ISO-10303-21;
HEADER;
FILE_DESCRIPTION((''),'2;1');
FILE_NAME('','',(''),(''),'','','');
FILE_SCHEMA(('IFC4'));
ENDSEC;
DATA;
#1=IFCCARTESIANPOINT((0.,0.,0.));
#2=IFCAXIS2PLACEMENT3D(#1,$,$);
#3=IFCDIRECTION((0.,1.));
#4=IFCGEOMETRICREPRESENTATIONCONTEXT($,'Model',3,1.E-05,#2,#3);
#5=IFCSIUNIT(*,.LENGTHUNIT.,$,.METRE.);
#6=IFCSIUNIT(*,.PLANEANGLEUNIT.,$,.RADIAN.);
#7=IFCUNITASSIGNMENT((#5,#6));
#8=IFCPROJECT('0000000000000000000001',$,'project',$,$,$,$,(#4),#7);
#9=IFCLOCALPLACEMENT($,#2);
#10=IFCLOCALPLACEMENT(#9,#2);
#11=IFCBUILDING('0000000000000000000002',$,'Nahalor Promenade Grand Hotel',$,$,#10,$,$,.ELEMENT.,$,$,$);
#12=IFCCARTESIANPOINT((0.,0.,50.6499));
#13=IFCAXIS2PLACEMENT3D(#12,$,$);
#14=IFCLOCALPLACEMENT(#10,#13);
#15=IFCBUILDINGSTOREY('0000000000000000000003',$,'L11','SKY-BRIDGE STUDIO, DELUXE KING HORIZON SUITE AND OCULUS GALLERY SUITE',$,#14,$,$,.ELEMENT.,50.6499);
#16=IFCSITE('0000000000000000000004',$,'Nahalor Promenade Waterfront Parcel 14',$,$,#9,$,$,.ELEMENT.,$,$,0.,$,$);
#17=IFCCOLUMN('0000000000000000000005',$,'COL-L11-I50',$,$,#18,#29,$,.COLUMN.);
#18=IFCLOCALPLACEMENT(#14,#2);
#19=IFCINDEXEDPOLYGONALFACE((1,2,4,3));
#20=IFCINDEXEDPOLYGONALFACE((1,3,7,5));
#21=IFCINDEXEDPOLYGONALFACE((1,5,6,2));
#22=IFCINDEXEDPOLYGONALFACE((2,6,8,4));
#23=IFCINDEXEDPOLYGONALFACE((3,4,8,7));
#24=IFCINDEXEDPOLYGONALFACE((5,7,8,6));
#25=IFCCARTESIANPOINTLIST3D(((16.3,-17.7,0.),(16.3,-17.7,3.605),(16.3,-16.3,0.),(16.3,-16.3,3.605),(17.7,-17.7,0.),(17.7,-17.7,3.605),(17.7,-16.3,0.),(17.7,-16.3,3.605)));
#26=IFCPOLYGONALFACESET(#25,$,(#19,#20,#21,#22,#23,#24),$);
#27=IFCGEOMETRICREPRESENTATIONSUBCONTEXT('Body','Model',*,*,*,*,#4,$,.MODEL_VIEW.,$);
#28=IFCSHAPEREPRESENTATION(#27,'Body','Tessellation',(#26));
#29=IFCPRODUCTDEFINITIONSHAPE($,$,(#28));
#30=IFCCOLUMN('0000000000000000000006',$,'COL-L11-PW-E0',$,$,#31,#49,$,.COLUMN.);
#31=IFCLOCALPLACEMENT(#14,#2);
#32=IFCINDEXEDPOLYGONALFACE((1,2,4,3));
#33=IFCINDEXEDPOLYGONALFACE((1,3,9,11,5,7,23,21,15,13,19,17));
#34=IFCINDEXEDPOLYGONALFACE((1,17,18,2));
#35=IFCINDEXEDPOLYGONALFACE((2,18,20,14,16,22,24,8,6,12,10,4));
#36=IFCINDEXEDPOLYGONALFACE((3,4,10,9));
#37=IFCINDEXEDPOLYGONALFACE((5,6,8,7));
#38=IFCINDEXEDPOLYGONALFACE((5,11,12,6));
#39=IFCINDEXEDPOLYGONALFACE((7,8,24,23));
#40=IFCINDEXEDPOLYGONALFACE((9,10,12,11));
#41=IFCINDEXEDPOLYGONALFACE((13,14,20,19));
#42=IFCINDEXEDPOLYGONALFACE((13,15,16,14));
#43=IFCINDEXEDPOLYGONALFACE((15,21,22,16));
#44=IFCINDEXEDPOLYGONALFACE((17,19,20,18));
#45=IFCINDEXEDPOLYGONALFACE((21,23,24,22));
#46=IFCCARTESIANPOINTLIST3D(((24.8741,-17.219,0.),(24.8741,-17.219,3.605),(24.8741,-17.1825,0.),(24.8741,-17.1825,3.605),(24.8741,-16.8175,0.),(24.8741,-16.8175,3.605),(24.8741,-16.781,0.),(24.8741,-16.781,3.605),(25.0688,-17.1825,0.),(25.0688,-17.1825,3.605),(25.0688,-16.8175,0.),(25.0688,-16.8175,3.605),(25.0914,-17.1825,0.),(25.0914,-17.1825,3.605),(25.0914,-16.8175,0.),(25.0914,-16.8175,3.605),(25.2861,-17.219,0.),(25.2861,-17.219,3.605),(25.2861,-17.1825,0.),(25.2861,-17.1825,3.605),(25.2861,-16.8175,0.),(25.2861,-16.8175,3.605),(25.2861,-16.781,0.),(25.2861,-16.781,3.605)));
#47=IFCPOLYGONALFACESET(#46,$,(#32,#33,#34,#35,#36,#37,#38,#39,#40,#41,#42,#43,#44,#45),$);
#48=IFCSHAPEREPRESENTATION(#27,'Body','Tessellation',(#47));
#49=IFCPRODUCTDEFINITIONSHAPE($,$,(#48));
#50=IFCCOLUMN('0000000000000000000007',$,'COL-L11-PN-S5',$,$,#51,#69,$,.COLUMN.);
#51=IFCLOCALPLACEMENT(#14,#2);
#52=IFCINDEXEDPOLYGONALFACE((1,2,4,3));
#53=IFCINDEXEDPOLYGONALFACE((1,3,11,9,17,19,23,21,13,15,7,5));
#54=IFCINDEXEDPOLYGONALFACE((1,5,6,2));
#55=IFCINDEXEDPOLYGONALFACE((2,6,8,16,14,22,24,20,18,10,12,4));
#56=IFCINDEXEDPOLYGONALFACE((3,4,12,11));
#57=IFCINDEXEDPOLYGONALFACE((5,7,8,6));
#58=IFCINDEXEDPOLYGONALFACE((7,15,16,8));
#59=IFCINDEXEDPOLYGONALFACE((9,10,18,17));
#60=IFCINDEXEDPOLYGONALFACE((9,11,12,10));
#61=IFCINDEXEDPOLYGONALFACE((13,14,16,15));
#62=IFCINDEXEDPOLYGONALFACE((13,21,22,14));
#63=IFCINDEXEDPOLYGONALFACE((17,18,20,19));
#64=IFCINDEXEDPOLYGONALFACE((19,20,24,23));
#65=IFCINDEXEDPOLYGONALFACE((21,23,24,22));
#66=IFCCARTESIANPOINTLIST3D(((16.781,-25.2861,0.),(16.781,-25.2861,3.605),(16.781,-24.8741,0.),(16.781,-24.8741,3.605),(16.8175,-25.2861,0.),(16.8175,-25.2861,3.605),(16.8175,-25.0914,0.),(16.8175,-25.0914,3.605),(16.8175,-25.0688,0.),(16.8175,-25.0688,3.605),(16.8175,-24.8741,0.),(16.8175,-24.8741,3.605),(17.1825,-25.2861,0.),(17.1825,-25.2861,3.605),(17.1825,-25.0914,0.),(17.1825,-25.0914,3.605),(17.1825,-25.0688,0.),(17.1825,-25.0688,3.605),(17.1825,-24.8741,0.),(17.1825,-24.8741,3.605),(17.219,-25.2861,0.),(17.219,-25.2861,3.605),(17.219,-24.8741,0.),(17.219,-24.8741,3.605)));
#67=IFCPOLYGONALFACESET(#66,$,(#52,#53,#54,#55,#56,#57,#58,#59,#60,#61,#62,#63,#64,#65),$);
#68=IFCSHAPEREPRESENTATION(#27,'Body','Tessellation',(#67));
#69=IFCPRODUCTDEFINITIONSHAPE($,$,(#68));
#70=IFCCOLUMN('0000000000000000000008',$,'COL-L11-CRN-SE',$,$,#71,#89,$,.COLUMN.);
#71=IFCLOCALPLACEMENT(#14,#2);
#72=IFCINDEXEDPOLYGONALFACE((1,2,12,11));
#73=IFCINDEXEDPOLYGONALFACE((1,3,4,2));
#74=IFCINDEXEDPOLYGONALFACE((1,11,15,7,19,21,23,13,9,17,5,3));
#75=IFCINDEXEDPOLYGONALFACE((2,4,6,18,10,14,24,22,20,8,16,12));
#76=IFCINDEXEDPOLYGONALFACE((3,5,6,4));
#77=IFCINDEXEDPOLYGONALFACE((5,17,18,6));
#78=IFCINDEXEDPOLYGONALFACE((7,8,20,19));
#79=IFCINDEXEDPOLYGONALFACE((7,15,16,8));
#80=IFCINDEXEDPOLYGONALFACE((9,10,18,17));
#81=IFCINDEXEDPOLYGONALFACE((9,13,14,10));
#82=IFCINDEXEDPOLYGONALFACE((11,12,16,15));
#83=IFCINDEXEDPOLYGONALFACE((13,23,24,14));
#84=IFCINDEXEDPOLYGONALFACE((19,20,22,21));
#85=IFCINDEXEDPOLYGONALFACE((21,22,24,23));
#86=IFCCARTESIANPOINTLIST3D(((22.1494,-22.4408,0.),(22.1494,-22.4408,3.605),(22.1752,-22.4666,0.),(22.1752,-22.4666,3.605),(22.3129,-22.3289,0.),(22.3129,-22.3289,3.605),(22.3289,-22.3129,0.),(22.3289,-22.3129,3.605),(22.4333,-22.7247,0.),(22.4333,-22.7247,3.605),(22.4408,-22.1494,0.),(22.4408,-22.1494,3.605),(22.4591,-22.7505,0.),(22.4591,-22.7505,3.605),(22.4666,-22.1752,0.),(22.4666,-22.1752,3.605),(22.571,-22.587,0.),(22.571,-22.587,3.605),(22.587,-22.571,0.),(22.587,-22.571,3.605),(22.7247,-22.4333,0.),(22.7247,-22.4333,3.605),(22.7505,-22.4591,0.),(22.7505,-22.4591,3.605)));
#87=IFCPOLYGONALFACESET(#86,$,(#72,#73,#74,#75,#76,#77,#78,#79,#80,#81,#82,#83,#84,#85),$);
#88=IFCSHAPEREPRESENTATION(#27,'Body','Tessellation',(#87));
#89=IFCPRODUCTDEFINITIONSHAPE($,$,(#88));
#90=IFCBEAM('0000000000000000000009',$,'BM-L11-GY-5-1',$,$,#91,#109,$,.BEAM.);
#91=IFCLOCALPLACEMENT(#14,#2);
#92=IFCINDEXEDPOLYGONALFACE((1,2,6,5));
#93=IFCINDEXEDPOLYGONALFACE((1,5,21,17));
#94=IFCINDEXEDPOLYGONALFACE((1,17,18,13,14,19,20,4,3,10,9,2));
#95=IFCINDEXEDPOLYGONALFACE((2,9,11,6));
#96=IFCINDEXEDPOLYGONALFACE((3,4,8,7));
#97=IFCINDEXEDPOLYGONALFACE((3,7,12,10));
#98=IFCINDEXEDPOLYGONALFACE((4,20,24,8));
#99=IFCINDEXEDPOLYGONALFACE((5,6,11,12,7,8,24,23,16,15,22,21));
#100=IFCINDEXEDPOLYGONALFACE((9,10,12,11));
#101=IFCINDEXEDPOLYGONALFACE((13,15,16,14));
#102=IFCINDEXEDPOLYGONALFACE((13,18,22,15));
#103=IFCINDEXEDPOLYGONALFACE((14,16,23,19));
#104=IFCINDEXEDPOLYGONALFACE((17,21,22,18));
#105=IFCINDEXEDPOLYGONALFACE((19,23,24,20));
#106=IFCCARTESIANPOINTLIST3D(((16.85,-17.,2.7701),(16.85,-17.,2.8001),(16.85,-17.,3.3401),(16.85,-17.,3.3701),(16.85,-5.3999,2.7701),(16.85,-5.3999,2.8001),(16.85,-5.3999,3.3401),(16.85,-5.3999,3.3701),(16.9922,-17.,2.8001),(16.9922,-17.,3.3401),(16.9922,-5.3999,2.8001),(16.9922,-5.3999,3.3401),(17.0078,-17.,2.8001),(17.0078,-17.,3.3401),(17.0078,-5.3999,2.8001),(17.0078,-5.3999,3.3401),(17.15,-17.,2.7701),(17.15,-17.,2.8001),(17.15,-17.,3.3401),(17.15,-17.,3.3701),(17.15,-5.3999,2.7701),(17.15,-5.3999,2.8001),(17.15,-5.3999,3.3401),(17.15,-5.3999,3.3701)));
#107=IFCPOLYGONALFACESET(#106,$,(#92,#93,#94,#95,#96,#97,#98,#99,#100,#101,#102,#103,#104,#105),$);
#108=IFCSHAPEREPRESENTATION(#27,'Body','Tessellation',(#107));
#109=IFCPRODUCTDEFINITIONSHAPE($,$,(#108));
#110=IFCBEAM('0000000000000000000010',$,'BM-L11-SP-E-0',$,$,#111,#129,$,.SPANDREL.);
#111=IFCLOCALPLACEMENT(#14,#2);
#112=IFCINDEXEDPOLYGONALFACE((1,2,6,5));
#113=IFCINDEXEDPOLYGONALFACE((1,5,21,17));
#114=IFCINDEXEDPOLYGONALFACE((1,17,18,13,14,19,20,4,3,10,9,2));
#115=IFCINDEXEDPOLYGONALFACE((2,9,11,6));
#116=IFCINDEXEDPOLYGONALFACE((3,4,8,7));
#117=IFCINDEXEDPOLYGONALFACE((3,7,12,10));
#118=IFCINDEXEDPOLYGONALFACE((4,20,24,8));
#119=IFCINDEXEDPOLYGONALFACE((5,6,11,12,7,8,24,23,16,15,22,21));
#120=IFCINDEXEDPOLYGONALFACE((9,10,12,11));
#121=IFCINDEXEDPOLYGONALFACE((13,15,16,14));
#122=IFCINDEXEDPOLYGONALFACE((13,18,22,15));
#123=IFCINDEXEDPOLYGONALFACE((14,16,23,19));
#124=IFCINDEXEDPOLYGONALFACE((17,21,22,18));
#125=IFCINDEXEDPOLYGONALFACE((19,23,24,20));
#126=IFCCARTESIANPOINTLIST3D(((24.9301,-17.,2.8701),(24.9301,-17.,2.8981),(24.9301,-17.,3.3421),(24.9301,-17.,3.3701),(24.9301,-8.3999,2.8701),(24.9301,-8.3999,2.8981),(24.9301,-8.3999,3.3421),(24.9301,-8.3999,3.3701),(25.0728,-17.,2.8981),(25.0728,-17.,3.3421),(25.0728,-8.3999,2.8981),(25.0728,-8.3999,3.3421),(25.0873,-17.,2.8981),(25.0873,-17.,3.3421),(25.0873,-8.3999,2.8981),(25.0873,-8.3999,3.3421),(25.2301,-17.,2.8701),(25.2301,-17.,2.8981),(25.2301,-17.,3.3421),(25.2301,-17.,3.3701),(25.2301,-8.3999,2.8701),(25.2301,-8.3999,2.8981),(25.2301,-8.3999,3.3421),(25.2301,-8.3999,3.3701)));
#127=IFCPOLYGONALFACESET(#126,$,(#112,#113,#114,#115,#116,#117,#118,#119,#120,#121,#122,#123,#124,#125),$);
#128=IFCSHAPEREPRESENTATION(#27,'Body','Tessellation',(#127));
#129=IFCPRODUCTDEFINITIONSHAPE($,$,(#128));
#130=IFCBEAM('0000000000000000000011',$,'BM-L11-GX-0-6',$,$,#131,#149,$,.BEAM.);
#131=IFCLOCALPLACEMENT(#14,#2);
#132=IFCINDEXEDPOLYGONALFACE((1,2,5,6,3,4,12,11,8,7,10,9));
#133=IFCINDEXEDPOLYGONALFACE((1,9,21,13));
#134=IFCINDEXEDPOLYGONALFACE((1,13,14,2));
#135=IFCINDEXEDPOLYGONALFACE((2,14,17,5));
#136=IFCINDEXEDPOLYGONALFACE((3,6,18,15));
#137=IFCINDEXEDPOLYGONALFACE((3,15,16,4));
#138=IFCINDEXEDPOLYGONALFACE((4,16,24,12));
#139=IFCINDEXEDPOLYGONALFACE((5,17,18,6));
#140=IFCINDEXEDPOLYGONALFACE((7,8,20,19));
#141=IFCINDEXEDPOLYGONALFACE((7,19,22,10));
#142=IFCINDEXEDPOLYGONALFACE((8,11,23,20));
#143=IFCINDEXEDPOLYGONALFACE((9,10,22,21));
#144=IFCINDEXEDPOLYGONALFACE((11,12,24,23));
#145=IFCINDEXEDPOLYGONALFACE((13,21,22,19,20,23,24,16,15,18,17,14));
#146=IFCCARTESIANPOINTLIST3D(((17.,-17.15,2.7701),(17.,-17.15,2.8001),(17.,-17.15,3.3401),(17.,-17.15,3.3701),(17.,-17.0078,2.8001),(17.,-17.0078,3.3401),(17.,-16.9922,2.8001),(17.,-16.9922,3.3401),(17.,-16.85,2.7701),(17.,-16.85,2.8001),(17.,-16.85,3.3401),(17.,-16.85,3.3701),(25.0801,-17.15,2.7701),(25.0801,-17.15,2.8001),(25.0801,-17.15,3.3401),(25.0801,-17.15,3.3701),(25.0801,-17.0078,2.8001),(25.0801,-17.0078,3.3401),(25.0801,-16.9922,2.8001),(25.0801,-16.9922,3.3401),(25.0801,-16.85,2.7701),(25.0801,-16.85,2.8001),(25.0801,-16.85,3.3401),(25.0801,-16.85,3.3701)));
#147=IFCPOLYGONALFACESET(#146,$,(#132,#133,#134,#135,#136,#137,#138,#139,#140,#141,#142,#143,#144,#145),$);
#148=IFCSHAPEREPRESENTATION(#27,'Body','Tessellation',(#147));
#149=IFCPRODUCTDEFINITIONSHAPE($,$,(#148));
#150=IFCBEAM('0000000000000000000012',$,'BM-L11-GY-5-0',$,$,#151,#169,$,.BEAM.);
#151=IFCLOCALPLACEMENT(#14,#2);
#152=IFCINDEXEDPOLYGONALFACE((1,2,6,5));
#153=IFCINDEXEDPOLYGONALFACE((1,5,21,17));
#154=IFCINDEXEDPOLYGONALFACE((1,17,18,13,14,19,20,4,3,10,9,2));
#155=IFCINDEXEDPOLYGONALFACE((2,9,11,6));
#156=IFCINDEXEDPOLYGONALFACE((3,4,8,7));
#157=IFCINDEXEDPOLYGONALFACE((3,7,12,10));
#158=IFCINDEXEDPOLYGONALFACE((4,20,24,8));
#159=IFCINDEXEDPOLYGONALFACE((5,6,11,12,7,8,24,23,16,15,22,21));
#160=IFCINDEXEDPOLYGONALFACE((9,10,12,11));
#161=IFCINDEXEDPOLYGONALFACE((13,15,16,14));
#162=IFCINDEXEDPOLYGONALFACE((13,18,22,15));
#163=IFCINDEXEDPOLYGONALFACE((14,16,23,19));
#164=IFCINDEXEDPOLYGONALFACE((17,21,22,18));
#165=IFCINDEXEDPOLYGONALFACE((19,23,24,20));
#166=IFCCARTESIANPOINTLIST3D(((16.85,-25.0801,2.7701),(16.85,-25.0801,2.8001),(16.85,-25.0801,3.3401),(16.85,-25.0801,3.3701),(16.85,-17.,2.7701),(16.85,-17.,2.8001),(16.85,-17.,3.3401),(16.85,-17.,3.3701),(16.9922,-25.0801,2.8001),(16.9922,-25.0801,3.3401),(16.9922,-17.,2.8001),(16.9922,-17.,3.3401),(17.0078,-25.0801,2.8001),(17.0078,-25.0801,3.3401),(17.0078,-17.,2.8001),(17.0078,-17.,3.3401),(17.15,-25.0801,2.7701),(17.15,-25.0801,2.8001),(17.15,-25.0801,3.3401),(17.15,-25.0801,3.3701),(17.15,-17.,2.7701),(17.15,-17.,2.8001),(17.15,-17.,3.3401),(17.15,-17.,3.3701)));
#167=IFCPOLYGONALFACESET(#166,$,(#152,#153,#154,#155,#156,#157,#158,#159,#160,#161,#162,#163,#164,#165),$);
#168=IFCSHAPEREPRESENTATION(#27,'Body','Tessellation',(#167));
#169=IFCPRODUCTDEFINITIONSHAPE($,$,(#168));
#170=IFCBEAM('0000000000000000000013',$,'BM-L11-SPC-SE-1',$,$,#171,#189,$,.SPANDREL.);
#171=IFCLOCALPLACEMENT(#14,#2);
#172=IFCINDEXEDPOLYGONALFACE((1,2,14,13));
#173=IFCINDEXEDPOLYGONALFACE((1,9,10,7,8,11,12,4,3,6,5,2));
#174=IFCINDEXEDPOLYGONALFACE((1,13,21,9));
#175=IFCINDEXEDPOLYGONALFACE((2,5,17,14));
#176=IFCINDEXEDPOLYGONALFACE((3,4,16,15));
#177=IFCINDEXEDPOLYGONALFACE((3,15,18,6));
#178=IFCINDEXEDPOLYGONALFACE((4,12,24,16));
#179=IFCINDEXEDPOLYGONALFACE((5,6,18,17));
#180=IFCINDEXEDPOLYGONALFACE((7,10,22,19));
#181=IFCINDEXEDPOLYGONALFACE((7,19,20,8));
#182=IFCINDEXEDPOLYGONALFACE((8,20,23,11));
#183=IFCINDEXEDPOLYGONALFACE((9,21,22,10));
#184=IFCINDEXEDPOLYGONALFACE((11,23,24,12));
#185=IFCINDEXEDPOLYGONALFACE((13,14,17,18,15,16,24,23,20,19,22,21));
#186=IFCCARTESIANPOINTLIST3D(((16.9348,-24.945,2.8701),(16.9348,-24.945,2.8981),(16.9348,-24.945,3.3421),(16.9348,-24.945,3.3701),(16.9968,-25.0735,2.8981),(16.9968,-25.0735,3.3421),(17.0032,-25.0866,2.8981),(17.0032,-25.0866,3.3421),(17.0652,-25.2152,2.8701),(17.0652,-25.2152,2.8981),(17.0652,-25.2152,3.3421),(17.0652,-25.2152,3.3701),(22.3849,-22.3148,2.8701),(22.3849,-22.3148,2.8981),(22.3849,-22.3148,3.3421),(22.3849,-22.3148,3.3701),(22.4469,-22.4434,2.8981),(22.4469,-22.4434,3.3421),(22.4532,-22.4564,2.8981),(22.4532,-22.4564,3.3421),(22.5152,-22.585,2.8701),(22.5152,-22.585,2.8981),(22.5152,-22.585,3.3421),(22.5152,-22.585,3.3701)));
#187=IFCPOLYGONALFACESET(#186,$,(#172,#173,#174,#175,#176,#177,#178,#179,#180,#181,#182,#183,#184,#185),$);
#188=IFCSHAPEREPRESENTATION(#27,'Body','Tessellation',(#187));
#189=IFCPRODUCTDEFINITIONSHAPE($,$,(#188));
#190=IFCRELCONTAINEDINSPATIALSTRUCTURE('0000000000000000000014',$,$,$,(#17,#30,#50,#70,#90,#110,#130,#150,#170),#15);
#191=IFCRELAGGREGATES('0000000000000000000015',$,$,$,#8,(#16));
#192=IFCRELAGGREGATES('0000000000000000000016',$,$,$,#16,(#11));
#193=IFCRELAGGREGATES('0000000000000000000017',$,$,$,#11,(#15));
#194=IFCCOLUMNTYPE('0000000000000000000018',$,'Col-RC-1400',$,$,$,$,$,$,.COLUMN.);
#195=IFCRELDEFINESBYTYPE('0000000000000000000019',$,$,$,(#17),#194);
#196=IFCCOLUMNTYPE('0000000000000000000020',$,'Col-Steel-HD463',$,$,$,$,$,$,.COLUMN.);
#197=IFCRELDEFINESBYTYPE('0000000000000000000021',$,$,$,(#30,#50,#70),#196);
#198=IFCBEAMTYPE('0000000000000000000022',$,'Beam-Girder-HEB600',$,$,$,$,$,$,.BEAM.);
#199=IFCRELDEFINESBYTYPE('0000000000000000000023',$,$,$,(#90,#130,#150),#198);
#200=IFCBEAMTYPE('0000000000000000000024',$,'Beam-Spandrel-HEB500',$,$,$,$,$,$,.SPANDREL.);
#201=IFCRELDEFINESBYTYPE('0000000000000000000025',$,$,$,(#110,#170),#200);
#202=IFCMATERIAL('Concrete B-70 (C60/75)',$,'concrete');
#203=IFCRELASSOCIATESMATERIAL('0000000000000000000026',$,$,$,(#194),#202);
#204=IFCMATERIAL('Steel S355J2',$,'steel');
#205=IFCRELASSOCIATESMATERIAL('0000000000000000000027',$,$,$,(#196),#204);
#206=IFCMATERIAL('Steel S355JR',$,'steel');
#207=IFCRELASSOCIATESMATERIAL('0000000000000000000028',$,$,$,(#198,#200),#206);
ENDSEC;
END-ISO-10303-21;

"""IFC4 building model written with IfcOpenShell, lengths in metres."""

from ifc_helpers import new_model, si_unit, direction, frame, origin, origin_2d, place, context, subcontext, project, spatial, rectangle, i_section, extrude, source, transform, mapped, material, material_profile, profile_set, type_object, element, save


model = new_model("IFC4")

# Units and contexts
model_context = context("Model", 3, precision=1e-05, world=origin(), true_north=direction((0.0, 1.0)))
body_context = subcontext(model_context, "Body", "Model", "MODEL_VIEW")
ifc_project = project(units=[si_unit("LENGTHUNIT", "METRE"), si_unit("PLANEANGLEUNIT", "RADIAN")], contexts=[model_context])

# Site, building, storey
site_placement = place(None, origin())
site = spatial("IfcSite", under=ifc_project, at=site_placement, Name="Nahalor Promenade Waterfront Parcel 14", CompositionType="ELEMENT", RefElevation=0.0)
building_placement = place(site_placement, origin())
building = spatial("IfcBuilding", under=site, at=building_placement, Name="Nahalor Promenade Grand Hotel", CompositionType="ELEMENT")
storey_placement = place(building_placement, frame((0.0, 0.0, 50.6499)))
storey = spatial("IfcBuildingStorey", under=building, at=storey_placement, Name="L11", Description="SKY-BRIDGE STUDIO, DELUXE KING HORIZON SUITE AND OCULUS GALLERY SUITE", CompositionType="ELEMENT", Elevation=50.6499)

# Columns
ifc_material_1 = material(Name="Concrete B-70 (C60/75)", Category="concrete")
ifc_material_profile_1 = material_profile(ifc_material_1, rectangle(XDim=1.4, YDim=1.4, at=origin_2d()), Name="RC 1400x1400")
ifc_profile_set_1 = profile_set([ifc_material_profile_1], Name="Concrete B-70 (C60/75)")
column_type_1 = type_object("IfcColumnType", Name="Col-RC-1400", PredefinedType="COLUMN", material=ifc_profile_set_1)
shared_shape_1 = source(origin(), body_context, "Body", "SweptSolid", [
    extrude(rectangle(XDim=1.4, YDim=1.4, at=origin_2d()), origin(), (0.0, 0.0, 1.0), 3.605),
])
column_placement = place(storey_placement, frame((17.0, -17.0, 0.0), z_axis=(0.0, 0.0, 1.0), x_axis=(1.0, 0.0, 0.0)))
element("IfcColumn", 1, at=column_placement, inside=storey, type_object=column_type_1, Name="COL-L11-I50", PredefinedType="COLUMN", context=body_context, shape_type="MappedRepresentation", body=[
    mapped(shared_shape_1, transform((0.0, 0.0, 0.0), scale=1.0)),
])
ifc_material_2 = material(Name="Steel S355J2", Category="steel")
ifc_material_profile_2 = material_profile(ifc_material_2, i_section(OverallWidth=0.412, OverallDepth=0.438, WebThickness=0.0226, FlangeThickness=0.0365, at=origin_2d()), Name="HD 400x463")
ifc_profile_set_2 = profile_set([ifc_material_profile_2], Name="Steel S355J2")
column_type_2 = type_object("IfcColumnType", Name="Col-Steel-HD463", PredefinedType="COLUMN", material=ifc_profile_set_2)
shared_shape_2 = source(origin(), body_context, "Body", "SweptSolid", [
    extrude(i_section(OverallWidth=0.412, OverallDepth=0.438, WebThickness=0.0226, FlangeThickness=0.0365, at=origin_2d()), origin(), (0.0, 0.0, 1.0), 3.605),
])
for number, where, z_axis, x_axis, name in (
    (2, (25.0801, -17.0, 0.0), (0.0, 0.0, 1.0), (1.0, 0.0, 0.0), "COL-L11-PW-E0"),
    (3, (17.0, -25.0801, 0.0), (0.0, 0.0, 1.0), (0.0, 1.0, 0.0), "COL-L11-PN-S5"),
    (4, (22.45, -22.45, 0.0), (0.0, 0.0, 1.0), (0.707107, 0.707107, 0.0), "COL-L11-CRN-SE"),
):
    element("IfcColumn", number, at=place(storey_placement, frame(where, z_axis=z_axis, x_axis=x_axis)), inside=storey, type_object=column_type_2, Name=name, PredefinedType="COLUMN", context=body_context, shape_type="MappedRepresentation", body=[
        mapped(shared_shape_2, transform((0.0, 0.0, 0.0), scale=1.0)),
    ])

# Beams
ifc_material_3 = material(Name="Steel S355JR", Category="steel")
ifc_material_profile_3 = material_profile(ifc_material_3, i_section(OverallWidth=0.3, OverallDepth=0.6, WebThickness=0.0155, FlangeThickness=0.03, at=origin_2d()), Name="HEB 600")
ifc_profile_set_3 = profile_set([ifc_material_profile_3], Name="Steel S355JR")
beam_type_1 = type_object("IfcBeamType", Name="Beam-Girder-HEB600", PredefinedType="BEAM", material=ifc_profile_set_3)
shared_shape_3 = source(origin(), body_context, "Body", "SweptSolid", [
    extrude(i_section(OverallWidth=0.3, OverallDepth=0.6, WebThickness=0.0155, FlangeThickness=0.03, at=origin_2d()), origin(), (0.0, 0.0, 1.0), 11.6001),
])
beam_1_placement = place(storey_placement, frame((17.0, -17.0, 3.0701), z_axis=(0.0, 1.0, 0.0), x_axis=(-1.0, 0.0, 0.0)))
element("IfcBeam", 5, at=beam_1_placement, inside=storey, type_object=beam_type_1, Name="BM-L11-GY-5-1", PredefinedType="BEAM", context=body_context, shape_type="MappedRepresentation", body=[
    mapped(shared_shape_3, transform((0.0, 0.0, 0.0), scale=1.0)),
])
ifc_material_profile_4 = material_profile(ifc_material_3, i_section(OverallWidth=0.3, OverallDepth=0.5, WebThickness=0.0145, FlangeThickness=0.028, at=origin_2d()), Name="HEB 500")
ifc_profile_set_4 = profile_set([ifc_material_profile_4], Name="Steel S355JR")
beam_type_2 = type_object("IfcBeamType", Name="Beam-Spandrel-HEB500", PredefinedType="SPANDREL", material=ifc_profile_set_4)
shared_shape_4 = source(origin(), body_context, "Body", "SweptSolid", [
    extrude(i_section(OverallWidth=0.3, OverallDepth=0.5, WebThickness=0.0145, FlangeThickness=0.028, at=origin_2d()), origin(), (0.0, 0.0, 1.0), 8.6001),
])
beam_2_placement = place(storey_placement, frame((25.0801, -17.0, 3.1201), z_axis=(0.0, 1.0, 0.0), x_axis=(-1.0, 0.0, 0.0)))
element("IfcBeam", 6, at=beam_2_placement, inside=storey, type_object=beam_type_2, Name="BM-L11-SP-E-0", PredefinedType="SPANDREL", context=body_context, shape_type="MappedRepresentation", body=[
    mapped(shared_shape_4, transform((0.0, 0.0, 0.0), scale=1.0)),
])
shared_shape_5 = source(origin(), body_context, "Body", "SweptSolid", [
    extrude(i_section(OverallWidth=0.3, OverallDepth=0.6, WebThickness=0.0155, FlangeThickness=0.03, at=origin_2d()), origin(), (0.0, 0.0, 1.0), 8.0801),
])
for number, where, z_axis, x_axis, name in (
    (7, (17.0, -17.0, 3.0701), (1.0, 0.0, 0.0), (0.0, 1.0, 0.0), "BM-L11-GX-0-6"),
    (8, (17.0, -25.0801, 3.0701), (0.0, 1.0, 0.0), (-1.0, 0.0, 0.0), "BM-L11-GY-5-0"),
):
    element("IfcBeam", number, at=place(storey_placement, frame(where, z_axis=z_axis, x_axis=x_axis)), inside=storey, type_object=beam_type_1, Name=name, PredefinedType="BEAM", context=body_context, shape_type="MappedRepresentation", body=[
        mapped(shared_shape_5, transform((0.0, 0.0, 0.0), scale=1.0)),
    ])
shared_shape_6 = source(origin(), body_context, "Body", "SweptSolid", [
    extrude(i_section(OverallWidth=0.3, OverallDepth=0.5, WebThickness=0.0145, FlangeThickness=0.028, at=origin_2d()), origin(), (0.0, 0.0, 1.0), 6.0515),
])
for number, where, z_axis, x_axis, name in (
    (9, (17.0, -25.0801, 3.1201), (0.900609, 0.434631, 0.0), (-0.434631, 0.900609, 0.0), "BM-L11-SPC-SE-1"),
):
    element("IfcBeam", number, at=place(storey_placement, frame(where, z_axis=z_axis, x_axis=x_axis)), inside=storey, type_object=beam_type_2, Name=name, PredefinedType="SPANDREL", context=body_context, shape_type="MappedRepresentation", body=[
        mapped(shared_shape_6, transform((0.0, 0.0, 0.0), scale=1.0)),
    ])

save(model, "model.ifc")
